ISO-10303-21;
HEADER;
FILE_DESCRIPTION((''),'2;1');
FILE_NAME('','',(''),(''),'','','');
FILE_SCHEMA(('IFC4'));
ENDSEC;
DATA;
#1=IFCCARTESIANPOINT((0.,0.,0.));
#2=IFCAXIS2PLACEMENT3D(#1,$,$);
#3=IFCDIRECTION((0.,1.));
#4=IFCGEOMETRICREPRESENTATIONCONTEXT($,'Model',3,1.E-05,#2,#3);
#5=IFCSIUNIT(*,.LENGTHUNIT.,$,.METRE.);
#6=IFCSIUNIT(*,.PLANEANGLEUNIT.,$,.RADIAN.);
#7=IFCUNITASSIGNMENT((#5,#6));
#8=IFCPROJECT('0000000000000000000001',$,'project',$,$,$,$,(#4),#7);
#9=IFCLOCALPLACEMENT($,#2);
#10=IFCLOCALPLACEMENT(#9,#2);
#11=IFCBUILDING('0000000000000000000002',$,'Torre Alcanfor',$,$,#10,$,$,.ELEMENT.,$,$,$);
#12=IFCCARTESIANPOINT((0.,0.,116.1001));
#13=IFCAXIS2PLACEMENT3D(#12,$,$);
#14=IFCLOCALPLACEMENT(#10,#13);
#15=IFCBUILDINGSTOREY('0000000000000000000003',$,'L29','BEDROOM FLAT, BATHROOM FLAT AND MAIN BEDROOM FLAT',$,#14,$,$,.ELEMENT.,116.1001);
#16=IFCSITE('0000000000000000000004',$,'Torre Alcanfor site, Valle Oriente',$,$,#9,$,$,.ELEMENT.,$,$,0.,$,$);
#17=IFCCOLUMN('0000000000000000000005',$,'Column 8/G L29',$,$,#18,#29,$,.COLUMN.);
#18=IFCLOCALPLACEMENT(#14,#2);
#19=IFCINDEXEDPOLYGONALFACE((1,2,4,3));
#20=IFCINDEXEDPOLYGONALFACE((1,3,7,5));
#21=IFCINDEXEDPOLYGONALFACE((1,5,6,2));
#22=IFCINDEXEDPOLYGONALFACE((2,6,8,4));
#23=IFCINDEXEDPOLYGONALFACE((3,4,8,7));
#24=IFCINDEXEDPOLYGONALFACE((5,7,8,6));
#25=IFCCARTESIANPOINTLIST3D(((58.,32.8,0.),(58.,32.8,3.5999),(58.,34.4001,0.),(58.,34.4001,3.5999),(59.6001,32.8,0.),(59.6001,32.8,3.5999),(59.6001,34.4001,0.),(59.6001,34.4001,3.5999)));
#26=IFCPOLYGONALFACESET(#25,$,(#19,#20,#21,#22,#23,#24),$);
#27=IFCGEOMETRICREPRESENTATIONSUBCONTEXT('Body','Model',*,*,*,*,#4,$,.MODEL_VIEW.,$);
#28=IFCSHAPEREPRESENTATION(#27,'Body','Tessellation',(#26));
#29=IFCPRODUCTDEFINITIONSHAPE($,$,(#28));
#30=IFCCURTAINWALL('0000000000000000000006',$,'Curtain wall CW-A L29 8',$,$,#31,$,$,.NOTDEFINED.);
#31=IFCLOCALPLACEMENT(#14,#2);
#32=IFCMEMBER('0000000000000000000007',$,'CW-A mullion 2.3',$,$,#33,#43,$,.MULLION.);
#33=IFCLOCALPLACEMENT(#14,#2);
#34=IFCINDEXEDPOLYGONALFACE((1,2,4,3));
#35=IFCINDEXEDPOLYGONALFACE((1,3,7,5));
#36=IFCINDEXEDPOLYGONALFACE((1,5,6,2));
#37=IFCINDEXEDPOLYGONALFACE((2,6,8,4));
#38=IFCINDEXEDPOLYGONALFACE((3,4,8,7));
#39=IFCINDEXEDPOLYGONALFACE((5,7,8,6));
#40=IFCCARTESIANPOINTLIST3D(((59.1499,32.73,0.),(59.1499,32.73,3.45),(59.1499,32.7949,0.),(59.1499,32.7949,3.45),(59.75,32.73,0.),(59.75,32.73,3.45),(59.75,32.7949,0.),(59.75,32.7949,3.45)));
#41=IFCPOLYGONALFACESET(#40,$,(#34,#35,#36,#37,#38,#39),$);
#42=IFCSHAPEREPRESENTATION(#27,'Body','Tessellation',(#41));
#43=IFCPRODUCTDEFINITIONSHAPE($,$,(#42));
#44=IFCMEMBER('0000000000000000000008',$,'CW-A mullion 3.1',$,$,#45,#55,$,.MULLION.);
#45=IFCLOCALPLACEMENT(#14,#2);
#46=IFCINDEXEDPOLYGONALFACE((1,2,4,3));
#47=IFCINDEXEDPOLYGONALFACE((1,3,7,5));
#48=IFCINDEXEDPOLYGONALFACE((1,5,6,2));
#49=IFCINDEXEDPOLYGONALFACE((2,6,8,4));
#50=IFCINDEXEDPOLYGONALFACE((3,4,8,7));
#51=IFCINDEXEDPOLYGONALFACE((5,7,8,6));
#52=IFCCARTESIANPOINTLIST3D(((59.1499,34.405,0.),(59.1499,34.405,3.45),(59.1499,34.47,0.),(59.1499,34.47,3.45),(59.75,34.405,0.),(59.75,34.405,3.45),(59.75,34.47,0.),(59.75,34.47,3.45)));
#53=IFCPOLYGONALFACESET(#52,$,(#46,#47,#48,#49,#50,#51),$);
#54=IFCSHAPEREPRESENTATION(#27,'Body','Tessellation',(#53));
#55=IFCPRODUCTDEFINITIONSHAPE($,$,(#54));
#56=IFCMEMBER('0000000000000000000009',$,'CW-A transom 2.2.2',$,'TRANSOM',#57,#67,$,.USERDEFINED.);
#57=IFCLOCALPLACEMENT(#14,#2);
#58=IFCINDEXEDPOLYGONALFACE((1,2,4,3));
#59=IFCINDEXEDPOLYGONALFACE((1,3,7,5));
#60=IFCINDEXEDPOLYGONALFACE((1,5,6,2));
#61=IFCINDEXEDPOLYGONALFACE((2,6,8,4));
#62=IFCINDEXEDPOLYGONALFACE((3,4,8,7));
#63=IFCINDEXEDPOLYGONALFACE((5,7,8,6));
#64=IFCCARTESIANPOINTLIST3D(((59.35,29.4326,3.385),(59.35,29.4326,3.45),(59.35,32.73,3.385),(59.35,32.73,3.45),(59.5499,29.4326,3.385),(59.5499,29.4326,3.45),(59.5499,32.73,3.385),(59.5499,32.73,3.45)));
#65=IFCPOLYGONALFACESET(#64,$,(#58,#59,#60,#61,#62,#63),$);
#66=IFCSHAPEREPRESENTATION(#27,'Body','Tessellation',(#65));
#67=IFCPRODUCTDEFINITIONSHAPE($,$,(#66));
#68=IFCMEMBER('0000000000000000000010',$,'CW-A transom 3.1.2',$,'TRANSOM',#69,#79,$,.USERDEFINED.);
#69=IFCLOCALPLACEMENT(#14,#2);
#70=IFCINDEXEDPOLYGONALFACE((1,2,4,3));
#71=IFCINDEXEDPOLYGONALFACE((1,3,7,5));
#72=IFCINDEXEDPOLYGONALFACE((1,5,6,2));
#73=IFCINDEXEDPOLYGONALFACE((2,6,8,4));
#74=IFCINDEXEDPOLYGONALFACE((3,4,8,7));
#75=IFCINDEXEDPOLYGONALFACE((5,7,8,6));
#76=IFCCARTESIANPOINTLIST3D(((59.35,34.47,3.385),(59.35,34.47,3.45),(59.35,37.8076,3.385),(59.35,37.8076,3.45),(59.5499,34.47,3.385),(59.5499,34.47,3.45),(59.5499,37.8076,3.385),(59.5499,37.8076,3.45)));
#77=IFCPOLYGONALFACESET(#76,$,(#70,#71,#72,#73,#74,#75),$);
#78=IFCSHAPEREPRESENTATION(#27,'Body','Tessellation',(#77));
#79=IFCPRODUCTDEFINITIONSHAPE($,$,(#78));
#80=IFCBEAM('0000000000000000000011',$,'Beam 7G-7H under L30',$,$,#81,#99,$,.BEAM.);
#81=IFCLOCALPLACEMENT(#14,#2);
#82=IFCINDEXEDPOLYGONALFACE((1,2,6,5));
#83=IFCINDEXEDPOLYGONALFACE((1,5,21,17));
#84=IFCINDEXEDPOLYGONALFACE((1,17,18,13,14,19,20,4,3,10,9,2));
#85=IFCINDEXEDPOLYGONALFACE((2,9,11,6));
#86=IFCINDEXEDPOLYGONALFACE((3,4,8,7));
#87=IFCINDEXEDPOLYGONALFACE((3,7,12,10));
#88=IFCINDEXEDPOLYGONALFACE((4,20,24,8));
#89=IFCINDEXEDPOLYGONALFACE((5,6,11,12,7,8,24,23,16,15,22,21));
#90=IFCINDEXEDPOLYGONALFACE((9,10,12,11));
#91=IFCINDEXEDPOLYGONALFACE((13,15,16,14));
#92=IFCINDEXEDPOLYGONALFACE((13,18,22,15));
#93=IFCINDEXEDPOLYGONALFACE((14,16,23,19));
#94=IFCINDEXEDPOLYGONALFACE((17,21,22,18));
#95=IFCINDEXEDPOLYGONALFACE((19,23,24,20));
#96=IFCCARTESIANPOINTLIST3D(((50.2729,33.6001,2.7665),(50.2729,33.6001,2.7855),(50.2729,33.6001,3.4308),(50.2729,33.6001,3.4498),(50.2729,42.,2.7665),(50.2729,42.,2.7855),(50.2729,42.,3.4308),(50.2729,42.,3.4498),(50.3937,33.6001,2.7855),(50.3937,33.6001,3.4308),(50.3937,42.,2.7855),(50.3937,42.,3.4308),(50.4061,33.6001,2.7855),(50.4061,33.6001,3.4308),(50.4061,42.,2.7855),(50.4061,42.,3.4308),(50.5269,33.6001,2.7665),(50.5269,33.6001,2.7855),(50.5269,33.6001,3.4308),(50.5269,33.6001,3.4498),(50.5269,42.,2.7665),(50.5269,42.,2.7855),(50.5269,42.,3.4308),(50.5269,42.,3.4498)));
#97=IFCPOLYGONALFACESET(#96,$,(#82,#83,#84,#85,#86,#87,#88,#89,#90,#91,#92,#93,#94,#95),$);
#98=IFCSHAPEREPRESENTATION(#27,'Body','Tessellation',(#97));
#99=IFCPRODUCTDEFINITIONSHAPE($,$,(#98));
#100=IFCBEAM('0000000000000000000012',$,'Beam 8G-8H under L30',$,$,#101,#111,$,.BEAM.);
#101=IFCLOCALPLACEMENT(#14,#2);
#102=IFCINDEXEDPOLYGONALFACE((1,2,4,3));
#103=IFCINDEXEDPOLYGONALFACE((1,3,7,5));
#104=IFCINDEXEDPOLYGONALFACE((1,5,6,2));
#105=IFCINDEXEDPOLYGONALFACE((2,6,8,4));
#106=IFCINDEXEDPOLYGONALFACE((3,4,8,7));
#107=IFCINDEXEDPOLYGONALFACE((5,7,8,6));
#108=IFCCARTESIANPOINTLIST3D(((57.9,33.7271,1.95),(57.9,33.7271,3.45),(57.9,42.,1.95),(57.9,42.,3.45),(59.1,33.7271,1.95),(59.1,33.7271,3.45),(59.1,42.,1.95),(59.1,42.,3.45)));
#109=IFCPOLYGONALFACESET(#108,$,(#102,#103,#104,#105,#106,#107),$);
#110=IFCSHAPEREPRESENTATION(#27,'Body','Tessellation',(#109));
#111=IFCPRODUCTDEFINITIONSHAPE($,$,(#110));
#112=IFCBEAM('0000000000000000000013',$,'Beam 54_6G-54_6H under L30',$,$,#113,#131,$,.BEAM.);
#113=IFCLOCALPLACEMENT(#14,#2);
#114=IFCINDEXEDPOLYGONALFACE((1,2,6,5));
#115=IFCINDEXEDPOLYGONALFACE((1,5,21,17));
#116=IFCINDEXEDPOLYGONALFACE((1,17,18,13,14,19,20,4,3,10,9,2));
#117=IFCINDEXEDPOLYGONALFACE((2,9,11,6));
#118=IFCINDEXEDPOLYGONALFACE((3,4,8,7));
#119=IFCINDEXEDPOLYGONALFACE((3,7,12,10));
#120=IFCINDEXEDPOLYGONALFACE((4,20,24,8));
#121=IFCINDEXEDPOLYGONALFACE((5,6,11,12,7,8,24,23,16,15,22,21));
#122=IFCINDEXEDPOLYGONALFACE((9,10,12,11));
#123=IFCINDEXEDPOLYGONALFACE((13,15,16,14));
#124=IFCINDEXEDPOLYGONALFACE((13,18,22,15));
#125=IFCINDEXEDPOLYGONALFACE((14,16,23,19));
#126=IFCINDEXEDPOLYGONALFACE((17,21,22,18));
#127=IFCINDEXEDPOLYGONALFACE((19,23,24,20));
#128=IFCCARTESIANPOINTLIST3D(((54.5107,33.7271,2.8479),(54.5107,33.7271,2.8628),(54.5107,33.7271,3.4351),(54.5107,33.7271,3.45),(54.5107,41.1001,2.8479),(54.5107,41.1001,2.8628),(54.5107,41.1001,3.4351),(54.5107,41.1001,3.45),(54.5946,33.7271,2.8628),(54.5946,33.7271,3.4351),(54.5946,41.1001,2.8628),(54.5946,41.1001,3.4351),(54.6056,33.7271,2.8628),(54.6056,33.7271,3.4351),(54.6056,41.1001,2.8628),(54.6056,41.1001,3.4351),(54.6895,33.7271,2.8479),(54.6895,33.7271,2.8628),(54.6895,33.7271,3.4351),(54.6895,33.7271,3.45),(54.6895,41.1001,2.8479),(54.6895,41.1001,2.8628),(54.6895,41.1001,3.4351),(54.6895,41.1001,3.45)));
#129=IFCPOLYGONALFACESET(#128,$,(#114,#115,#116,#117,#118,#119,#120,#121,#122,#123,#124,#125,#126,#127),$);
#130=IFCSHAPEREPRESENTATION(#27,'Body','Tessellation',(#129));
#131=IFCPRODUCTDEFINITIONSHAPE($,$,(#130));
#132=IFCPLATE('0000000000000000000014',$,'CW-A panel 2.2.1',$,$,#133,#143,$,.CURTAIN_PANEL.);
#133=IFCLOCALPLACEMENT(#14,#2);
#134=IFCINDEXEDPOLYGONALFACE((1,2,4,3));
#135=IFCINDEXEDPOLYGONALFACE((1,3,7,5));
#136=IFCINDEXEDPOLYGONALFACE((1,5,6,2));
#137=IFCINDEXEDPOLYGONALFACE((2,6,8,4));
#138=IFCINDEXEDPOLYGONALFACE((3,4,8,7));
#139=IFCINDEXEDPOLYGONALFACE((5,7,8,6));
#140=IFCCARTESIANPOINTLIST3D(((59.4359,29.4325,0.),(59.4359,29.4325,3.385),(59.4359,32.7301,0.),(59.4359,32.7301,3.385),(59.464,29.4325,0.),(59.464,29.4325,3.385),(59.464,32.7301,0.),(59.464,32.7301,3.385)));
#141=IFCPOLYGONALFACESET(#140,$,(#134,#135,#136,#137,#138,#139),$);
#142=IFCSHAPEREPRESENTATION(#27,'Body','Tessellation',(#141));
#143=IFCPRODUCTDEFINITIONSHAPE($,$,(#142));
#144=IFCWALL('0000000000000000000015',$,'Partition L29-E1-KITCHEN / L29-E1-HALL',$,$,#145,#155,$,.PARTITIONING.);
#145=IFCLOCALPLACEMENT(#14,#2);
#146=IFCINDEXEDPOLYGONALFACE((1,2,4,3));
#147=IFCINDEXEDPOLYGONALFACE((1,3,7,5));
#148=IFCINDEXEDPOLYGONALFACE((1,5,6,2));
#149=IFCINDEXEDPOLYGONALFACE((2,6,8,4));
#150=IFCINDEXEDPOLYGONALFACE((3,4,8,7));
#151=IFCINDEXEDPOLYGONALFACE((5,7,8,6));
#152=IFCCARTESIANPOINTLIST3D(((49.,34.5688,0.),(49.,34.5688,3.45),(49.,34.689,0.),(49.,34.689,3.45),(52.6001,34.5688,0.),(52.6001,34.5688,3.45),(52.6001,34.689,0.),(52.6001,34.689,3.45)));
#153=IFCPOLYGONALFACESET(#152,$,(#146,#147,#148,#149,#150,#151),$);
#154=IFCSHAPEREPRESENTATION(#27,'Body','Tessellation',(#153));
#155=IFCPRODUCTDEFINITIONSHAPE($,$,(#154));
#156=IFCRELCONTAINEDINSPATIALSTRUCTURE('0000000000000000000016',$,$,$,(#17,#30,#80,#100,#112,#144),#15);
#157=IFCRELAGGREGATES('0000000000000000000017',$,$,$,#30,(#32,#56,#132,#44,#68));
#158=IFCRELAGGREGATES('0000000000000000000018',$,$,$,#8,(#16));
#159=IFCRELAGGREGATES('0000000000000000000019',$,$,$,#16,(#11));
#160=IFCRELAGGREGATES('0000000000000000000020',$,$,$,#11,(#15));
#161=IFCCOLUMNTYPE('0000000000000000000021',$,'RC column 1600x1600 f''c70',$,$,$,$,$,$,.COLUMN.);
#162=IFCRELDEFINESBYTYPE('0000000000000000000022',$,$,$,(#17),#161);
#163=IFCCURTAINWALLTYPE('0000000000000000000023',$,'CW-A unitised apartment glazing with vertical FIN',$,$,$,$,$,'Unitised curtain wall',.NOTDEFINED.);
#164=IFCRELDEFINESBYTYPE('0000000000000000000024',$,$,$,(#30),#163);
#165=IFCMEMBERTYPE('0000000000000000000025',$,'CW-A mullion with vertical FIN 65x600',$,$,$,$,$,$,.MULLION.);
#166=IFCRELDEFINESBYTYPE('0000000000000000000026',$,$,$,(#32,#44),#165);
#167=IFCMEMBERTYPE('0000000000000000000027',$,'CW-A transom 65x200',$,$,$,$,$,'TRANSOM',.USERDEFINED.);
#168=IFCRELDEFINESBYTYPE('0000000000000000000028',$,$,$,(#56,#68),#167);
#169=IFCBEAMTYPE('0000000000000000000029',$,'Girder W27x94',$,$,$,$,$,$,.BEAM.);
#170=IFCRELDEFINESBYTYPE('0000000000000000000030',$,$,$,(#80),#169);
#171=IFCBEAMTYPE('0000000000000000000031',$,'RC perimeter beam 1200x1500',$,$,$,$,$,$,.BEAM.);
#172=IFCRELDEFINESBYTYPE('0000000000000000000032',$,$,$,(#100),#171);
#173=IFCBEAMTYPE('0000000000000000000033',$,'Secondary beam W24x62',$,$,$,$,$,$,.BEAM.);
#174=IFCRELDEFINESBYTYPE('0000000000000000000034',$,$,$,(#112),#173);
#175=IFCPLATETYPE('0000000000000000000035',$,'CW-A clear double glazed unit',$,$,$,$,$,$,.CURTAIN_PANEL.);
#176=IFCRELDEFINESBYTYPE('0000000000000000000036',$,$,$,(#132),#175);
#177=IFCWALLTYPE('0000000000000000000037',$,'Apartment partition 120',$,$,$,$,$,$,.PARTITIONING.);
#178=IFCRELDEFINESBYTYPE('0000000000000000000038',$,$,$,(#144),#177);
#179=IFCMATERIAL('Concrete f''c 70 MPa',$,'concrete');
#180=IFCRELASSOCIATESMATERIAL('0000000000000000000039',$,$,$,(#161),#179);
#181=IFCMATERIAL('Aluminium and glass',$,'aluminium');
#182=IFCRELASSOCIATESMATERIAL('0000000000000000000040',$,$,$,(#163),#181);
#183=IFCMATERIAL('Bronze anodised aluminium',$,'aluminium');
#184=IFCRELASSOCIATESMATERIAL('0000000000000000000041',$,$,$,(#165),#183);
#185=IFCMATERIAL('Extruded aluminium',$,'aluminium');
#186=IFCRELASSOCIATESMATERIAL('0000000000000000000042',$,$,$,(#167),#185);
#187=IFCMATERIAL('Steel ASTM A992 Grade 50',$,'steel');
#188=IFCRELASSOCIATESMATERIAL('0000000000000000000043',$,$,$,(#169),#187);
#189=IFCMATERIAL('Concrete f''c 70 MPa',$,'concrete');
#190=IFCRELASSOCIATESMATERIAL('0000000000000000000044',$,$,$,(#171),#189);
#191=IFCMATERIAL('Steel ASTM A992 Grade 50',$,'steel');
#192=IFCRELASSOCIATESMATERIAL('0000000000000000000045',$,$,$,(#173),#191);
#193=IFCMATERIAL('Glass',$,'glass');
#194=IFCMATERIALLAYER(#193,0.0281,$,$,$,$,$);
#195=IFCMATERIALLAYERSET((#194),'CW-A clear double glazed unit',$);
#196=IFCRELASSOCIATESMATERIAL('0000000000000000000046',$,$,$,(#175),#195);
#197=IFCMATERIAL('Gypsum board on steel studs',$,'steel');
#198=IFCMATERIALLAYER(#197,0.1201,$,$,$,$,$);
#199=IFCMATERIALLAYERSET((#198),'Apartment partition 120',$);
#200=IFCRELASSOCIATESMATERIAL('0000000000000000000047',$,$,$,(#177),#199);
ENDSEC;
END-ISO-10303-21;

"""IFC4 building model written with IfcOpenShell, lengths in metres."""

from ifc_helpers import new_model, si_unit, direction, frame, frame_2d, origin, origin_2d, place, context, subcontext, project, spatial, rectangle, i_section, extrude, material, layer, layer_set, material_profile, profile_set, type_object, element, aggregate, save


model = new_model("IFC4")

# Units and contexts
model_context = context("Model", 3, precision=1e-05, world=origin(), true_north=direction((0.0, 1.0)))
body_context = subcontext(model_context, "Body", "Model", "MODEL_VIEW")
ifc_project = project(units=[si_unit("LENGTHUNIT", "METRE"), si_unit("PLANEANGLEUNIT", "RADIAN")], contexts=[model_context])

# Site, building, storey
site_placement = place(None, origin())
site = spatial("IfcSite", under=ifc_project, at=site_placement, Name="Torre Alcanfor site, Valle Oriente", CompositionType="ELEMENT", RefElevation=0.0)
building_placement = place(site_placement, origin())
building = spatial("IfcBuilding", under=site, at=building_placement, Name="Torre Alcanfor", CompositionType="ELEMENT")
storey_placement = place(building_placement, frame((0.0, 0.0, 116.1001)))
storey = spatial("IfcBuildingStorey", under=building, at=storey_placement, Name="L29", Description="BEDROOM FLAT, BATHROOM FLAT AND MAIN BEDROOM FLAT", CompositionType="ELEMENT", Elevation=116.1001)

# Column
ifc_material_1 = material(Name="Concrete f'c 70 MPa", Category="concrete")
ifc_material_profile_1 = material_profile(ifc_material_1, rectangle(XDim=1.6001, YDim=1.6001, at=origin_2d()), Name="1600x1600")
ifc_profile_set_1 = profile_set([ifc_material_profile_1], Name="Concrete f'c 70 MPa")
column_type = type_object("IfcColumnType", Name="RC column 1600x1600 f'c70", PredefinedType="COLUMN", material=ifc_profile_set_1)
column_placement = place(storey_placement, frame((58.8, 33.6001, 0.0), z_axis=(0.0, 0.0, 1.0), x_axis=(1.0, 0.0, 0.0)))
element("IfcColumn", 1, at=column_placement, inside=storey, type_object=column_type, Name="Column 8/G L29", PredefinedType="COLUMN", context=body_context, shape_type="SweptSolid", body=[
    extrude(rectangle(XDim=1.6001, YDim=1.6001, at=origin_2d()), origin(), (0.0, 0.0, 1.0), 3.5999),
])

# Curtain wall, members
ifc_material_2 = material(Name="Aluminium and glass", Category="aluminium")
curtain_wall_type = type_object("IfcCurtainWallType", Name="CW-A unitised apartment glazing with vertical FIN", ElementType="Unitised curtain wall", PredefinedType="NOTDEFINED", material=ifc_material_2)
curtain_wall_placement = place(storey_placement, origin())
curtain_wall = element("IfcCurtainWall", 2, at=curtain_wall_placement, inside=storey, type_object=curtain_wall_type, Name="Curtain wall CW-A L29 8", PredefinedType="NOTDEFINED")
ifc_material_3 = material(Name="Bronze anodised aluminium", Category="aluminium")
ifc_material_profile_2 = material_profile(ifc_material_3, rectangle(XDim=0.6001, YDim=0.0649, at=origin_2d()), Name="CW-A mullion 65x600")
ifc_profile_set_2 = profile_set([ifc_material_profile_2], Name="Bronze anodised aluminium")
member_type_1 = type_object("IfcMemberType", Name="CW-A mullion with vertical FIN 65x600", PredefinedType="MULLION", material=ifc_profile_set_2)
member_1_placement = place(storey_placement, frame((59.45, 32.7625, 0.0), z_axis=(0.0, 0.0, 1.0), x_axis=(-1.0, 0.0, 0.0)))
member_1 = element("IfcMember", 3, at=member_1_placement, type_object=member_type_1, Name="CW-A mullion 2.3", PredefinedType="MULLION", context=body_context, shape_type="SweptSolid", body=[
    extrude(rectangle(XDim=0.6001, YDim=0.0649, at=origin_2d()), origin(), (0.0, 0.0, 1.0), 3.45),
])
member_2_placement = place(storey_placement, frame((59.45, 34.4375, 0.0), z_axis=(0.0, 0.0, 1.0), x_axis=(-1.0, 0.0, 0.0)))
member_2 = element("IfcMember", 4, at=member_2_placement, type_object=member_type_1, Name="CW-A mullion 3.1", PredefinedType="MULLION", context=body_context, shape_type="SweptSolid", body=[
    extrude(rectangle(XDim=0.6001, YDim=0.0649, at=origin_2d()), origin(), (0.0, 0.0, 1.0), 3.45),
])
ifc_material_4 = material(Name="Extruded aluminium", Category="aluminium")
ifc_material_profile_3 = material_profile(ifc_material_4, rectangle(XDim=0.2, YDim=0.0649, at=origin_2d()), Name="CW-A transom 200x65")
ifc_profile_set_3 = profile_set([ifc_material_profile_3], Name="Extruded aluminium")
member_type_2 = type_object("IfcMemberType", Name="CW-A transom 65x200", ElementType="TRANSOM", PredefinedType="USERDEFINED", material=ifc_profile_set_3)
member_3_placement = place(storey_placement, frame((59.45, 29.4326, 3.4175), z_axis=(0.0, 1.0, 0.0), x_axis=(-1.0, 0.0, 0.0)))
member_3 = element("IfcMember", 5, at=member_3_placement, type_object=member_type_2, Name="CW-A transom 2.2.2", ObjectType="TRANSOM", PredefinedType="USERDEFINED", context=body_context, shape_type="SweptSolid", body=[
    extrude(rectangle(XDim=0.2, YDim=0.0649, at=origin_2d()), origin(), (0.0, 0.0, 1.0), 3.2974),
])
member_4_placement = place(storey_placement, frame((59.45, 34.47, 3.4175), z_axis=(0.0, 1.0, 0.0), x_axis=(-1.0, 0.0, 0.0)))
member_4 = element("IfcMember", 6, at=member_4_placement, type_object=member_type_2, Name="CW-A transom 3.1.2", ObjectType="TRANSOM", PredefinedType="USERDEFINED", context=body_context, shape_type="SweptSolid", body=[
    extrude(rectangle(XDim=0.2, YDim=0.0649, at=origin_2d()), origin(), (0.0, 0.0, 1.0), 3.3376),
])

# Beams
ifc_material_5 = material(Name="Steel ASTM A992 Grade 50", Category="steel")
ifc_material_profile_4 = material_profile(ifc_material_5, i_section(OverallWidth=0.2539, OverallDepth=0.6833, WebThickness=0.0125, FlangeThickness=0.019, at=origin_2d()), Name="W27x94")
ifc_profile_set_4 = profile_set([ifc_material_profile_4], Name="Steel ASTM A992 Grade 50")
beam_type_1 = type_object("IfcBeamType", Name="Girder W27x94", PredefinedType="BEAM", material=ifc_profile_set_4)
beam_1_placement = place(storey_placement, frame((50.3999, 33.6001, 3.1082), z_axis=(0.0, 1.0, 0.0), x_axis=(-1.0, 0.0, 0.0)))
element("IfcBeam", 7, at=beam_1_placement, inside=storey, type_object=beam_type_1, Name="Beam 7G-7H under L30", PredefinedType="BEAM", context=body_context, shape_type="SweptSolid", body=[
    extrude(i_section(OverallWidth=0.2539, OverallDepth=0.6833, WebThickness=0.0125, FlangeThickness=0.019, at=origin_2d()), origin(), (0.0, 0.0, 1.0), 8.3999),
])
ifc_material_6 = material(Name="Concrete f'c 70 MPa", Category="concrete")
ifc_material_profile_5 = material_profile(ifc_material_6, rectangle(XDim=1.2, YDim=1.5, at=origin_2d()), Name="1200x1500")
ifc_profile_set_5 = profile_set([ifc_material_profile_5], Name="Concrete f'c 70 MPa")
beam_type_2 = type_object("IfcBeamType", Name="RC perimeter beam 1200x1500", PredefinedType="BEAM", material=ifc_profile_set_5)
beam_2_placement = place(storey_placement, frame((58.5, 33.7271, 2.7), z_axis=(0.0, 1.0, 0.0), x_axis=(-1.0, 0.0, 0.0)))
element("IfcBeam", 8, at=beam_2_placement, inside=storey, type_object=beam_type_2, Name="Beam 8G-8H under L30", PredefinedType="BEAM", context=body_context, shape_type="SweptSolid", body=[
    extrude(rectangle(XDim=1.2, YDim=1.5, at=origin_2d()), origin(), (0.0, 0.0, 1.0), 8.2729),
])
ifc_material_7 = material(Name="Steel ASTM A992 Grade 50", Category="steel")
ifc_material_profile_6 = material_profile(ifc_material_7, i_section(OverallWidth=0.1787, OverallDepth=0.6021, WebThickness=0.011, FlangeThickness=0.0149, at=origin_2d()), Name="W24x62")
ifc_profile_set_6 = profile_set([ifc_material_profile_6], Name="Steel ASTM A992 Grade 50")
beam_type_3 = type_object("IfcBeamType", Name="Secondary beam W24x62", PredefinedType="BEAM", material=ifc_profile_set_6)
beam_3_placement = place(storey_placement, frame((54.6001, 33.7271, 3.1489), z_axis=(0.0, 1.0, 0.0), x_axis=(-1.0, 0.0, 0.0)))
element("IfcBeam", 9, at=beam_3_placement, inside=storey, type_object=beam_type_3, Name="Beam 54_6G-54_6H under L30", PredefinedType="BEAM", context=body_context, shape_type="SweptSolid", body=[
    extrude(i_section(OverallWidth=0.1787, OverallDepth=0.6021, WebThickness=0.011, FlangeThickness=0.0149, at=origin_2d()), origin(), (0.0, 0.0, 1.0), 7.373),
])

# Plate
ifc_material_8 = material(Name="Glass", Category="glass")
ifc_layer_1 = layer(ifc_material_8, 0.0281)
ifc_layer_set_1 = layer_set([ifc_layer_1], Name="CW-A clear double glazed unit")
plate_type = type_object("IfcPlateType", Name="CW-A clear double glazed unit", PredefinedType="CURTAIN_PANEL", material=ifc_layer_set_1)
plate_placement = place(storey_placement, frame((59.45, 31.0813, 0.0), z_axis=(0.0, 0.0, 1.0), x_axis=(0.0, 1.0, 0.0)))
plate = element("IfcPlate", 10, at=plate_placement, type_object=plate_type, Name="CW-A panel 2.2.1", PredefinedType="CURTAIN_PANEL", context=body_context, shape_type="SweptSolid", body=[
    extrude(rectangle(XDim=3.2976, YDim=0.0281, at=origin_2d()), origin(), (0.0, 0.0, 1.0), 3.385),
])
aggregate(curtain_wall, [member_1, member_3, plate, member_2, member_4])

# Wall
ifc_material_9 = material(Name="Gypsum board on steel studs", Category="steel")
ifc_layer_2 = layer(ifc_material_9, 0.1201)
ifc_layer_set_2 = layer_set([ifc_layer_2], Name="Apartment partition 120")
wall_type = type_object("IfcWallType", Name="Apartment partition 120", PredefinedType="PARTITIONING", material=ifc_layer_set_2)
wall_1_placement = place(storey_placement, frame((52.6001, 34.6289, 0.0), z_axis=(0.0, 0.0, 1.0), x_axis=(-1.0, 0.0, 0.0)))
element("IfcWall", 11, at=wall_1_placement, inside=storey, type_object=wall_type, Name="Partition L29-E1-KITCHEN / L29-E1-HALL", PredefinedType="PARTITIONING", context=body_context, shape_type="SweptSolid", body=[
    extrude(rectangle(XDim=3.6001, YDim=0.1201, at=frame_2d((1.8, 0.0))), origin(), (0.0, 0.0, 1.0), 3.45),
])

save(model, "model.ifc")
